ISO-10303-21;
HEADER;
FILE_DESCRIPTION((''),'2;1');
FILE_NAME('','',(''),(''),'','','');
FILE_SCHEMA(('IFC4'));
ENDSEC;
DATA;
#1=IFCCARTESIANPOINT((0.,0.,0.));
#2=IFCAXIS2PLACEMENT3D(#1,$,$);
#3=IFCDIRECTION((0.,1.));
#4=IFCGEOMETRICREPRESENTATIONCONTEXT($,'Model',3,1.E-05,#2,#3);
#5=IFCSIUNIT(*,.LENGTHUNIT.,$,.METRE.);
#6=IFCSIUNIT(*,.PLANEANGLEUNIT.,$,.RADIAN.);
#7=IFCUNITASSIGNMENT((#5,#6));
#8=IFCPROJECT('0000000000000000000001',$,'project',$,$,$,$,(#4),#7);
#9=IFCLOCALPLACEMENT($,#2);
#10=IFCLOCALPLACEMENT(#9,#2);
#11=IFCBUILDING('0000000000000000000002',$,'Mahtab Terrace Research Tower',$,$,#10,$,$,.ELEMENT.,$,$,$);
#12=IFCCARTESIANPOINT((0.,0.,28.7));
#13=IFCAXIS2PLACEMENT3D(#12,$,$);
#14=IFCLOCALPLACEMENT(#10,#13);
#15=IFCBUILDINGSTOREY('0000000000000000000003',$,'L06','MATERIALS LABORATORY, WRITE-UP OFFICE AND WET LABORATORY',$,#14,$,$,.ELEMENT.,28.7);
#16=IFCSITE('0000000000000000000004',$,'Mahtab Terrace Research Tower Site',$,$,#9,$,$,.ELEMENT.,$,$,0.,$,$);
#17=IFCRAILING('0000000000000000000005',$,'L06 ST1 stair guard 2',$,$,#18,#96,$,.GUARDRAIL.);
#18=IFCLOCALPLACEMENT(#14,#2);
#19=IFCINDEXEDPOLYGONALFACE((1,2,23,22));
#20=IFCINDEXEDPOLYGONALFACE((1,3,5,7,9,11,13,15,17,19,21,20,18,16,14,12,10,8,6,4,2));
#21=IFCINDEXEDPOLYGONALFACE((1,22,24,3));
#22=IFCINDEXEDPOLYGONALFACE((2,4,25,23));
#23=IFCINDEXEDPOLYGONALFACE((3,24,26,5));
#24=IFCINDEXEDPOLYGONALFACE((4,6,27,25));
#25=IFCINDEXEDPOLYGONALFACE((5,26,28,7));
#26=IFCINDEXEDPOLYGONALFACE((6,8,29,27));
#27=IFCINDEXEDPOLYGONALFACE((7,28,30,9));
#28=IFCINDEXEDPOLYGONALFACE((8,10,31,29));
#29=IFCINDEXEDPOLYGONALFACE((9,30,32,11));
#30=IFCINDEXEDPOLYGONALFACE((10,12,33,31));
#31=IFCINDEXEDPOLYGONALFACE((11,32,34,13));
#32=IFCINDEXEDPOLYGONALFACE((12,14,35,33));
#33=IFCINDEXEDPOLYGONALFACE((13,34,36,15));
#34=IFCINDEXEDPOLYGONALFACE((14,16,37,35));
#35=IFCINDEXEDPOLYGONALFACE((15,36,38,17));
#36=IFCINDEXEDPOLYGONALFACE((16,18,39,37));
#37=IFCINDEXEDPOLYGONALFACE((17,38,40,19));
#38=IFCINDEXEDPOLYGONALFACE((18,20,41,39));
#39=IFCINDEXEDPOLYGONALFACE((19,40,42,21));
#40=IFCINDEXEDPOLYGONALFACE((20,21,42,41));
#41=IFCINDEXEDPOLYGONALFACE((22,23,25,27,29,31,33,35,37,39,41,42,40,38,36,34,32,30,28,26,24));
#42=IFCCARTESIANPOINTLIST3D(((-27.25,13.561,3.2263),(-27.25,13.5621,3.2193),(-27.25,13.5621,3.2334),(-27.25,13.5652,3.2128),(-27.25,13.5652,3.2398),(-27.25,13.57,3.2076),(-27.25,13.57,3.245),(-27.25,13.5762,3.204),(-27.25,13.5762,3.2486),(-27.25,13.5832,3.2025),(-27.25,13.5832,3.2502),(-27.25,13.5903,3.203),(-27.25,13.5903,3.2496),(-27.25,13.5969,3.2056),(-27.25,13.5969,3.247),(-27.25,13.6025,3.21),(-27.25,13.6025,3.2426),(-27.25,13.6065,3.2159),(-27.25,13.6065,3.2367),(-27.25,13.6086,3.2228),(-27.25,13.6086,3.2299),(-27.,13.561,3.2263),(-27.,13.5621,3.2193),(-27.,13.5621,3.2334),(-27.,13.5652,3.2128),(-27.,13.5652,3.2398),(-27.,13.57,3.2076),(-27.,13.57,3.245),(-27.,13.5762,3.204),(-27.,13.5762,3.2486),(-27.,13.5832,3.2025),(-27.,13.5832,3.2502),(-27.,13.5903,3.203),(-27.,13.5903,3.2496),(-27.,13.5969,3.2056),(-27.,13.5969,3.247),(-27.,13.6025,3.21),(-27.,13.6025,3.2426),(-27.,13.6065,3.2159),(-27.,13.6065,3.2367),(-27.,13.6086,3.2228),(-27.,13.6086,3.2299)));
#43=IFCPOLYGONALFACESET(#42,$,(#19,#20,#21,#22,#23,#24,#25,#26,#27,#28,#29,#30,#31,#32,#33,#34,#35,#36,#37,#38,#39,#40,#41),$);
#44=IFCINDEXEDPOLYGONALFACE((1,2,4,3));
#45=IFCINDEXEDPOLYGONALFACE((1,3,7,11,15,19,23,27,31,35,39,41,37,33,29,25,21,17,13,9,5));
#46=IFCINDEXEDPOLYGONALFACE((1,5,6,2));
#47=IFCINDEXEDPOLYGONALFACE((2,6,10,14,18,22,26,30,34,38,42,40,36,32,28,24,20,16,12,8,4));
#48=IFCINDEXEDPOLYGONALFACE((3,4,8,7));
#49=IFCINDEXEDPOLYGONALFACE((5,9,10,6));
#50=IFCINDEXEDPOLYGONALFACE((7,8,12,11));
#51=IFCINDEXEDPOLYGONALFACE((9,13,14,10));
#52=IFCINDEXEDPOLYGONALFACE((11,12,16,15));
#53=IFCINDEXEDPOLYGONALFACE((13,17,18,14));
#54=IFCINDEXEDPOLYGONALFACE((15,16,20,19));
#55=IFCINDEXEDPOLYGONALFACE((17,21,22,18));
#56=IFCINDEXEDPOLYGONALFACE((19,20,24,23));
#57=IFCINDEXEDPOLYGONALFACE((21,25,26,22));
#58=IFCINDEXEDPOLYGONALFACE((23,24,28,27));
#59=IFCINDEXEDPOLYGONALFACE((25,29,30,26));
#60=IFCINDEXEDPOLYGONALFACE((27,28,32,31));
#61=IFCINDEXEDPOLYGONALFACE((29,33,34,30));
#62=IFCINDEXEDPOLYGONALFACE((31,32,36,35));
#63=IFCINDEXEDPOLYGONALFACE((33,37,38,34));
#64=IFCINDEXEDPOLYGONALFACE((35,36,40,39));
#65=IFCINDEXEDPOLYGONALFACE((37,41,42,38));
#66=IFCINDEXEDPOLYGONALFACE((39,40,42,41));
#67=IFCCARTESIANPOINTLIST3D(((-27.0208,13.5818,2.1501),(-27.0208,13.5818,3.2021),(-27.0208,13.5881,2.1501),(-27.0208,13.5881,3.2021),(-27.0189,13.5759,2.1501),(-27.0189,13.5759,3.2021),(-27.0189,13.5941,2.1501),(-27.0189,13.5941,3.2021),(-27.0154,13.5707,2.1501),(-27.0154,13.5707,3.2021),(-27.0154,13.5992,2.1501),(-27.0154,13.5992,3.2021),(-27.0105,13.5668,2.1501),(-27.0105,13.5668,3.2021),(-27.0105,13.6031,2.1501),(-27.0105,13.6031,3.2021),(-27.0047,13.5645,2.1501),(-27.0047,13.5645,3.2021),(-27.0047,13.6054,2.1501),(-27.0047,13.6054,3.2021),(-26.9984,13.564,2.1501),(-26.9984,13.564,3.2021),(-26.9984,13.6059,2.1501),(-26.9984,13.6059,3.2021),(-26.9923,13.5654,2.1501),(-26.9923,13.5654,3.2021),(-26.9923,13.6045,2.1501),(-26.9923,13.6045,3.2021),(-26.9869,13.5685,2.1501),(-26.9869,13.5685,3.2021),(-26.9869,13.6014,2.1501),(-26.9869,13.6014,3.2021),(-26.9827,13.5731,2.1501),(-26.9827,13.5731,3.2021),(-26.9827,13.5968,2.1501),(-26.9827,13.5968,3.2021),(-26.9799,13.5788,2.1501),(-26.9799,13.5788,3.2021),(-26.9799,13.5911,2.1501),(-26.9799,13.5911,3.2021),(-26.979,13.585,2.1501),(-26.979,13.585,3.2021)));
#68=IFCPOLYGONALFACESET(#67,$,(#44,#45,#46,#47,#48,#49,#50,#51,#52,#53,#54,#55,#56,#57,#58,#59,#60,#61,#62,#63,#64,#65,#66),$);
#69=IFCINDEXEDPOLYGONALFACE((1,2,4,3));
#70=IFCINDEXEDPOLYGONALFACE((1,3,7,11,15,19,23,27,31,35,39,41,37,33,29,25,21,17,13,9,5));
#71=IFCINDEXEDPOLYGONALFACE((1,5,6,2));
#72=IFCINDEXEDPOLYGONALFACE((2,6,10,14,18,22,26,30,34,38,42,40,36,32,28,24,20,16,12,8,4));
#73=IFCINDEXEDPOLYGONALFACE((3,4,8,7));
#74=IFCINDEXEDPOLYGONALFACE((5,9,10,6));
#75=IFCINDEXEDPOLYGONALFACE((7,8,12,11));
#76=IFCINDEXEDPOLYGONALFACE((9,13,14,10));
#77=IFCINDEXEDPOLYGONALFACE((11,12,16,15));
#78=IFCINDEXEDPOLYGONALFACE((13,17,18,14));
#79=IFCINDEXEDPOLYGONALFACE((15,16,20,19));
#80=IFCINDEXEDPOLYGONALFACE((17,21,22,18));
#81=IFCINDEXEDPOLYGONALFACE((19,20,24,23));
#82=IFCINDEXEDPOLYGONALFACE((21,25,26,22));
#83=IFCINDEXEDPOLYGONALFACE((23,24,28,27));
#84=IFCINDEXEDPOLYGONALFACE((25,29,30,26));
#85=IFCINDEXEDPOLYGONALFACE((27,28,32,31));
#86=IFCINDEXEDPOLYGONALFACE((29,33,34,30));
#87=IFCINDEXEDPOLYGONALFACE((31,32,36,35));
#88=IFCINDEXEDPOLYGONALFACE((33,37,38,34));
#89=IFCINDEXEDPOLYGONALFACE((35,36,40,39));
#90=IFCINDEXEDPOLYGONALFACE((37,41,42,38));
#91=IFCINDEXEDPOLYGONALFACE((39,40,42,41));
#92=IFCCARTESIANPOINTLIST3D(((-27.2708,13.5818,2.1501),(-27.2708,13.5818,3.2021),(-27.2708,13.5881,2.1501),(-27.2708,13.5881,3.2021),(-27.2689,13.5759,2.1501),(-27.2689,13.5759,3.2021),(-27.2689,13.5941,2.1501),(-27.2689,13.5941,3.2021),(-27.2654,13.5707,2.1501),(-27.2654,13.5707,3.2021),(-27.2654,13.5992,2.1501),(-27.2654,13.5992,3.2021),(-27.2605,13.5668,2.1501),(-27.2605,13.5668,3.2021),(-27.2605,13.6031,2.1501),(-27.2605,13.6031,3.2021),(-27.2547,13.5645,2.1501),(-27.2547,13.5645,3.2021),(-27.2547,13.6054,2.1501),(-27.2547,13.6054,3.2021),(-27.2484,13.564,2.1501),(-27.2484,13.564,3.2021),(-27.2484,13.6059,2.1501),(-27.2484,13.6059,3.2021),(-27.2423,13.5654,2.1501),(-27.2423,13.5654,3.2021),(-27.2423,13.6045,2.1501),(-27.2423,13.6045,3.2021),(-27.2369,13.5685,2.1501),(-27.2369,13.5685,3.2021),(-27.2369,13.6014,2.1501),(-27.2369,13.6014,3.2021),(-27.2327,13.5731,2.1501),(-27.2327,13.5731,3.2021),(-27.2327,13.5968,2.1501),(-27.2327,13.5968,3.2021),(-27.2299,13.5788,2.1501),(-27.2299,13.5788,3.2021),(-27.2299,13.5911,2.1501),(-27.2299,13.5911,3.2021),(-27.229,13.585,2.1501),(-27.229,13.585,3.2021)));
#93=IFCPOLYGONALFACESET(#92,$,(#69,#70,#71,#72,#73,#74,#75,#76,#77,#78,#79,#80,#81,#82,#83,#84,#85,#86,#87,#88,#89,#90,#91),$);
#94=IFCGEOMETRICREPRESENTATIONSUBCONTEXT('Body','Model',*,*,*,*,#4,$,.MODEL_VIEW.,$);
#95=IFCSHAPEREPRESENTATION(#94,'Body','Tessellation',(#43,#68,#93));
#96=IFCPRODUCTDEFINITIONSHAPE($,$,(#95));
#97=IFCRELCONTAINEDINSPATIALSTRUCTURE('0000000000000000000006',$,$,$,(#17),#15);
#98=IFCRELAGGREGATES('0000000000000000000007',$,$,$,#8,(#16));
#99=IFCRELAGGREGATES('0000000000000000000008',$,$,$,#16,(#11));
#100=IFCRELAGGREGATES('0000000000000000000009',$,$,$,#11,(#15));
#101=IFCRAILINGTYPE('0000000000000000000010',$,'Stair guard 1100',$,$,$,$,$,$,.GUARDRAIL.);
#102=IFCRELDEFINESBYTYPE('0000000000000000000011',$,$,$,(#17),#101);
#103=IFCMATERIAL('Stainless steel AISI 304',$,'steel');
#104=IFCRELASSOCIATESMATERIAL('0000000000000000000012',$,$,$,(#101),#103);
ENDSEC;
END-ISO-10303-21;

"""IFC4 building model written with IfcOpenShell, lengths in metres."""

from ifc_helpers import new_model, si_unit, direction, frame, origin, origin_2d, place, context, subcontext, project, spatial, circle, extrude, material, type_object, element, save


model = new_model("IFC4")

# Units and contexts
model_context = context("Model", 3, precision=1e-05, world=origin(), true_north=direction((0.0, 1.0)))
body_context = subcontext(model_context, "Body", "Model", "MODEL_VIEW")
ifc_project = project(units=[si_unit("LENGTHUNIT", "METRE"), si_unit("PLANEANGLEUNIT", "RADIAN")], contexts=[model_context])

# Site, building, storey
site_placement = place(None, origin())
site = spatial("IfcSite", under=ifc_project, at=site_placement, Name="Mahtab Terrace Research Tower Site", CompositionType="ELEMENT", RefElevation=0.0)
building_placement = place(site_placement, origin())
building = spatial("IfcBuilding", under=site, at=building_placement, Name="Mahtab Terrace Research Tower", CompositionType="ELEMENT")
storey_placement = place(building_placement, frame((0.0, 0.0, 28.7)))
storey = spatial("IfcBuildingStorey", under=building, at=storey_placement, Name="L06", Description="MATERIALS LABORATORY, WRITE-UP OFFICE AND WET LABORATORY", CompositionType="ELEMENT", Elevation=28.7)

# Shared definitions
ifc_material_1 = material(Name="Stainless steel AISI 304", Category="steel")

# Railing
railing_type = type_object("IfcRailingType", Name="Stair guard 1100", PredefinedType="GUARDRAIL", material=ifc_material_1)
railing_1_placement = place(storey_placement, frame((-27.0, 13.585, 2.1501)))
element("IfcRailing", 1, at=railing_1_placement, inside=storey, type_object=railing_type, Name="L06 ST1 stair guard 2", PredefinedType="GUARDRAIL", context=body_context, shape_type="SweptSolid", body=[
    extrude(circle(Radius=0.0239, at=origin_2d()), frame((0.0, 0.0, 1.0762), z_axis=(-1.0, 0.0, 0.0), x_axis=(0.0, -1.0, 0.0)), (0.0, 0.0, 1.0), 0.25),
    extrude(circle(Radius=0.021, at=origin_2d()), origin(), (0.0, 0.0, 1.0), 1.052),
    extrude(circle(Radius=0.021, at=origin_2d()), frame((-0.25, 0.0, 0.0)), (0.0, 0.0, 1.0), 1.052),
])

save(model, "model.ifc")
